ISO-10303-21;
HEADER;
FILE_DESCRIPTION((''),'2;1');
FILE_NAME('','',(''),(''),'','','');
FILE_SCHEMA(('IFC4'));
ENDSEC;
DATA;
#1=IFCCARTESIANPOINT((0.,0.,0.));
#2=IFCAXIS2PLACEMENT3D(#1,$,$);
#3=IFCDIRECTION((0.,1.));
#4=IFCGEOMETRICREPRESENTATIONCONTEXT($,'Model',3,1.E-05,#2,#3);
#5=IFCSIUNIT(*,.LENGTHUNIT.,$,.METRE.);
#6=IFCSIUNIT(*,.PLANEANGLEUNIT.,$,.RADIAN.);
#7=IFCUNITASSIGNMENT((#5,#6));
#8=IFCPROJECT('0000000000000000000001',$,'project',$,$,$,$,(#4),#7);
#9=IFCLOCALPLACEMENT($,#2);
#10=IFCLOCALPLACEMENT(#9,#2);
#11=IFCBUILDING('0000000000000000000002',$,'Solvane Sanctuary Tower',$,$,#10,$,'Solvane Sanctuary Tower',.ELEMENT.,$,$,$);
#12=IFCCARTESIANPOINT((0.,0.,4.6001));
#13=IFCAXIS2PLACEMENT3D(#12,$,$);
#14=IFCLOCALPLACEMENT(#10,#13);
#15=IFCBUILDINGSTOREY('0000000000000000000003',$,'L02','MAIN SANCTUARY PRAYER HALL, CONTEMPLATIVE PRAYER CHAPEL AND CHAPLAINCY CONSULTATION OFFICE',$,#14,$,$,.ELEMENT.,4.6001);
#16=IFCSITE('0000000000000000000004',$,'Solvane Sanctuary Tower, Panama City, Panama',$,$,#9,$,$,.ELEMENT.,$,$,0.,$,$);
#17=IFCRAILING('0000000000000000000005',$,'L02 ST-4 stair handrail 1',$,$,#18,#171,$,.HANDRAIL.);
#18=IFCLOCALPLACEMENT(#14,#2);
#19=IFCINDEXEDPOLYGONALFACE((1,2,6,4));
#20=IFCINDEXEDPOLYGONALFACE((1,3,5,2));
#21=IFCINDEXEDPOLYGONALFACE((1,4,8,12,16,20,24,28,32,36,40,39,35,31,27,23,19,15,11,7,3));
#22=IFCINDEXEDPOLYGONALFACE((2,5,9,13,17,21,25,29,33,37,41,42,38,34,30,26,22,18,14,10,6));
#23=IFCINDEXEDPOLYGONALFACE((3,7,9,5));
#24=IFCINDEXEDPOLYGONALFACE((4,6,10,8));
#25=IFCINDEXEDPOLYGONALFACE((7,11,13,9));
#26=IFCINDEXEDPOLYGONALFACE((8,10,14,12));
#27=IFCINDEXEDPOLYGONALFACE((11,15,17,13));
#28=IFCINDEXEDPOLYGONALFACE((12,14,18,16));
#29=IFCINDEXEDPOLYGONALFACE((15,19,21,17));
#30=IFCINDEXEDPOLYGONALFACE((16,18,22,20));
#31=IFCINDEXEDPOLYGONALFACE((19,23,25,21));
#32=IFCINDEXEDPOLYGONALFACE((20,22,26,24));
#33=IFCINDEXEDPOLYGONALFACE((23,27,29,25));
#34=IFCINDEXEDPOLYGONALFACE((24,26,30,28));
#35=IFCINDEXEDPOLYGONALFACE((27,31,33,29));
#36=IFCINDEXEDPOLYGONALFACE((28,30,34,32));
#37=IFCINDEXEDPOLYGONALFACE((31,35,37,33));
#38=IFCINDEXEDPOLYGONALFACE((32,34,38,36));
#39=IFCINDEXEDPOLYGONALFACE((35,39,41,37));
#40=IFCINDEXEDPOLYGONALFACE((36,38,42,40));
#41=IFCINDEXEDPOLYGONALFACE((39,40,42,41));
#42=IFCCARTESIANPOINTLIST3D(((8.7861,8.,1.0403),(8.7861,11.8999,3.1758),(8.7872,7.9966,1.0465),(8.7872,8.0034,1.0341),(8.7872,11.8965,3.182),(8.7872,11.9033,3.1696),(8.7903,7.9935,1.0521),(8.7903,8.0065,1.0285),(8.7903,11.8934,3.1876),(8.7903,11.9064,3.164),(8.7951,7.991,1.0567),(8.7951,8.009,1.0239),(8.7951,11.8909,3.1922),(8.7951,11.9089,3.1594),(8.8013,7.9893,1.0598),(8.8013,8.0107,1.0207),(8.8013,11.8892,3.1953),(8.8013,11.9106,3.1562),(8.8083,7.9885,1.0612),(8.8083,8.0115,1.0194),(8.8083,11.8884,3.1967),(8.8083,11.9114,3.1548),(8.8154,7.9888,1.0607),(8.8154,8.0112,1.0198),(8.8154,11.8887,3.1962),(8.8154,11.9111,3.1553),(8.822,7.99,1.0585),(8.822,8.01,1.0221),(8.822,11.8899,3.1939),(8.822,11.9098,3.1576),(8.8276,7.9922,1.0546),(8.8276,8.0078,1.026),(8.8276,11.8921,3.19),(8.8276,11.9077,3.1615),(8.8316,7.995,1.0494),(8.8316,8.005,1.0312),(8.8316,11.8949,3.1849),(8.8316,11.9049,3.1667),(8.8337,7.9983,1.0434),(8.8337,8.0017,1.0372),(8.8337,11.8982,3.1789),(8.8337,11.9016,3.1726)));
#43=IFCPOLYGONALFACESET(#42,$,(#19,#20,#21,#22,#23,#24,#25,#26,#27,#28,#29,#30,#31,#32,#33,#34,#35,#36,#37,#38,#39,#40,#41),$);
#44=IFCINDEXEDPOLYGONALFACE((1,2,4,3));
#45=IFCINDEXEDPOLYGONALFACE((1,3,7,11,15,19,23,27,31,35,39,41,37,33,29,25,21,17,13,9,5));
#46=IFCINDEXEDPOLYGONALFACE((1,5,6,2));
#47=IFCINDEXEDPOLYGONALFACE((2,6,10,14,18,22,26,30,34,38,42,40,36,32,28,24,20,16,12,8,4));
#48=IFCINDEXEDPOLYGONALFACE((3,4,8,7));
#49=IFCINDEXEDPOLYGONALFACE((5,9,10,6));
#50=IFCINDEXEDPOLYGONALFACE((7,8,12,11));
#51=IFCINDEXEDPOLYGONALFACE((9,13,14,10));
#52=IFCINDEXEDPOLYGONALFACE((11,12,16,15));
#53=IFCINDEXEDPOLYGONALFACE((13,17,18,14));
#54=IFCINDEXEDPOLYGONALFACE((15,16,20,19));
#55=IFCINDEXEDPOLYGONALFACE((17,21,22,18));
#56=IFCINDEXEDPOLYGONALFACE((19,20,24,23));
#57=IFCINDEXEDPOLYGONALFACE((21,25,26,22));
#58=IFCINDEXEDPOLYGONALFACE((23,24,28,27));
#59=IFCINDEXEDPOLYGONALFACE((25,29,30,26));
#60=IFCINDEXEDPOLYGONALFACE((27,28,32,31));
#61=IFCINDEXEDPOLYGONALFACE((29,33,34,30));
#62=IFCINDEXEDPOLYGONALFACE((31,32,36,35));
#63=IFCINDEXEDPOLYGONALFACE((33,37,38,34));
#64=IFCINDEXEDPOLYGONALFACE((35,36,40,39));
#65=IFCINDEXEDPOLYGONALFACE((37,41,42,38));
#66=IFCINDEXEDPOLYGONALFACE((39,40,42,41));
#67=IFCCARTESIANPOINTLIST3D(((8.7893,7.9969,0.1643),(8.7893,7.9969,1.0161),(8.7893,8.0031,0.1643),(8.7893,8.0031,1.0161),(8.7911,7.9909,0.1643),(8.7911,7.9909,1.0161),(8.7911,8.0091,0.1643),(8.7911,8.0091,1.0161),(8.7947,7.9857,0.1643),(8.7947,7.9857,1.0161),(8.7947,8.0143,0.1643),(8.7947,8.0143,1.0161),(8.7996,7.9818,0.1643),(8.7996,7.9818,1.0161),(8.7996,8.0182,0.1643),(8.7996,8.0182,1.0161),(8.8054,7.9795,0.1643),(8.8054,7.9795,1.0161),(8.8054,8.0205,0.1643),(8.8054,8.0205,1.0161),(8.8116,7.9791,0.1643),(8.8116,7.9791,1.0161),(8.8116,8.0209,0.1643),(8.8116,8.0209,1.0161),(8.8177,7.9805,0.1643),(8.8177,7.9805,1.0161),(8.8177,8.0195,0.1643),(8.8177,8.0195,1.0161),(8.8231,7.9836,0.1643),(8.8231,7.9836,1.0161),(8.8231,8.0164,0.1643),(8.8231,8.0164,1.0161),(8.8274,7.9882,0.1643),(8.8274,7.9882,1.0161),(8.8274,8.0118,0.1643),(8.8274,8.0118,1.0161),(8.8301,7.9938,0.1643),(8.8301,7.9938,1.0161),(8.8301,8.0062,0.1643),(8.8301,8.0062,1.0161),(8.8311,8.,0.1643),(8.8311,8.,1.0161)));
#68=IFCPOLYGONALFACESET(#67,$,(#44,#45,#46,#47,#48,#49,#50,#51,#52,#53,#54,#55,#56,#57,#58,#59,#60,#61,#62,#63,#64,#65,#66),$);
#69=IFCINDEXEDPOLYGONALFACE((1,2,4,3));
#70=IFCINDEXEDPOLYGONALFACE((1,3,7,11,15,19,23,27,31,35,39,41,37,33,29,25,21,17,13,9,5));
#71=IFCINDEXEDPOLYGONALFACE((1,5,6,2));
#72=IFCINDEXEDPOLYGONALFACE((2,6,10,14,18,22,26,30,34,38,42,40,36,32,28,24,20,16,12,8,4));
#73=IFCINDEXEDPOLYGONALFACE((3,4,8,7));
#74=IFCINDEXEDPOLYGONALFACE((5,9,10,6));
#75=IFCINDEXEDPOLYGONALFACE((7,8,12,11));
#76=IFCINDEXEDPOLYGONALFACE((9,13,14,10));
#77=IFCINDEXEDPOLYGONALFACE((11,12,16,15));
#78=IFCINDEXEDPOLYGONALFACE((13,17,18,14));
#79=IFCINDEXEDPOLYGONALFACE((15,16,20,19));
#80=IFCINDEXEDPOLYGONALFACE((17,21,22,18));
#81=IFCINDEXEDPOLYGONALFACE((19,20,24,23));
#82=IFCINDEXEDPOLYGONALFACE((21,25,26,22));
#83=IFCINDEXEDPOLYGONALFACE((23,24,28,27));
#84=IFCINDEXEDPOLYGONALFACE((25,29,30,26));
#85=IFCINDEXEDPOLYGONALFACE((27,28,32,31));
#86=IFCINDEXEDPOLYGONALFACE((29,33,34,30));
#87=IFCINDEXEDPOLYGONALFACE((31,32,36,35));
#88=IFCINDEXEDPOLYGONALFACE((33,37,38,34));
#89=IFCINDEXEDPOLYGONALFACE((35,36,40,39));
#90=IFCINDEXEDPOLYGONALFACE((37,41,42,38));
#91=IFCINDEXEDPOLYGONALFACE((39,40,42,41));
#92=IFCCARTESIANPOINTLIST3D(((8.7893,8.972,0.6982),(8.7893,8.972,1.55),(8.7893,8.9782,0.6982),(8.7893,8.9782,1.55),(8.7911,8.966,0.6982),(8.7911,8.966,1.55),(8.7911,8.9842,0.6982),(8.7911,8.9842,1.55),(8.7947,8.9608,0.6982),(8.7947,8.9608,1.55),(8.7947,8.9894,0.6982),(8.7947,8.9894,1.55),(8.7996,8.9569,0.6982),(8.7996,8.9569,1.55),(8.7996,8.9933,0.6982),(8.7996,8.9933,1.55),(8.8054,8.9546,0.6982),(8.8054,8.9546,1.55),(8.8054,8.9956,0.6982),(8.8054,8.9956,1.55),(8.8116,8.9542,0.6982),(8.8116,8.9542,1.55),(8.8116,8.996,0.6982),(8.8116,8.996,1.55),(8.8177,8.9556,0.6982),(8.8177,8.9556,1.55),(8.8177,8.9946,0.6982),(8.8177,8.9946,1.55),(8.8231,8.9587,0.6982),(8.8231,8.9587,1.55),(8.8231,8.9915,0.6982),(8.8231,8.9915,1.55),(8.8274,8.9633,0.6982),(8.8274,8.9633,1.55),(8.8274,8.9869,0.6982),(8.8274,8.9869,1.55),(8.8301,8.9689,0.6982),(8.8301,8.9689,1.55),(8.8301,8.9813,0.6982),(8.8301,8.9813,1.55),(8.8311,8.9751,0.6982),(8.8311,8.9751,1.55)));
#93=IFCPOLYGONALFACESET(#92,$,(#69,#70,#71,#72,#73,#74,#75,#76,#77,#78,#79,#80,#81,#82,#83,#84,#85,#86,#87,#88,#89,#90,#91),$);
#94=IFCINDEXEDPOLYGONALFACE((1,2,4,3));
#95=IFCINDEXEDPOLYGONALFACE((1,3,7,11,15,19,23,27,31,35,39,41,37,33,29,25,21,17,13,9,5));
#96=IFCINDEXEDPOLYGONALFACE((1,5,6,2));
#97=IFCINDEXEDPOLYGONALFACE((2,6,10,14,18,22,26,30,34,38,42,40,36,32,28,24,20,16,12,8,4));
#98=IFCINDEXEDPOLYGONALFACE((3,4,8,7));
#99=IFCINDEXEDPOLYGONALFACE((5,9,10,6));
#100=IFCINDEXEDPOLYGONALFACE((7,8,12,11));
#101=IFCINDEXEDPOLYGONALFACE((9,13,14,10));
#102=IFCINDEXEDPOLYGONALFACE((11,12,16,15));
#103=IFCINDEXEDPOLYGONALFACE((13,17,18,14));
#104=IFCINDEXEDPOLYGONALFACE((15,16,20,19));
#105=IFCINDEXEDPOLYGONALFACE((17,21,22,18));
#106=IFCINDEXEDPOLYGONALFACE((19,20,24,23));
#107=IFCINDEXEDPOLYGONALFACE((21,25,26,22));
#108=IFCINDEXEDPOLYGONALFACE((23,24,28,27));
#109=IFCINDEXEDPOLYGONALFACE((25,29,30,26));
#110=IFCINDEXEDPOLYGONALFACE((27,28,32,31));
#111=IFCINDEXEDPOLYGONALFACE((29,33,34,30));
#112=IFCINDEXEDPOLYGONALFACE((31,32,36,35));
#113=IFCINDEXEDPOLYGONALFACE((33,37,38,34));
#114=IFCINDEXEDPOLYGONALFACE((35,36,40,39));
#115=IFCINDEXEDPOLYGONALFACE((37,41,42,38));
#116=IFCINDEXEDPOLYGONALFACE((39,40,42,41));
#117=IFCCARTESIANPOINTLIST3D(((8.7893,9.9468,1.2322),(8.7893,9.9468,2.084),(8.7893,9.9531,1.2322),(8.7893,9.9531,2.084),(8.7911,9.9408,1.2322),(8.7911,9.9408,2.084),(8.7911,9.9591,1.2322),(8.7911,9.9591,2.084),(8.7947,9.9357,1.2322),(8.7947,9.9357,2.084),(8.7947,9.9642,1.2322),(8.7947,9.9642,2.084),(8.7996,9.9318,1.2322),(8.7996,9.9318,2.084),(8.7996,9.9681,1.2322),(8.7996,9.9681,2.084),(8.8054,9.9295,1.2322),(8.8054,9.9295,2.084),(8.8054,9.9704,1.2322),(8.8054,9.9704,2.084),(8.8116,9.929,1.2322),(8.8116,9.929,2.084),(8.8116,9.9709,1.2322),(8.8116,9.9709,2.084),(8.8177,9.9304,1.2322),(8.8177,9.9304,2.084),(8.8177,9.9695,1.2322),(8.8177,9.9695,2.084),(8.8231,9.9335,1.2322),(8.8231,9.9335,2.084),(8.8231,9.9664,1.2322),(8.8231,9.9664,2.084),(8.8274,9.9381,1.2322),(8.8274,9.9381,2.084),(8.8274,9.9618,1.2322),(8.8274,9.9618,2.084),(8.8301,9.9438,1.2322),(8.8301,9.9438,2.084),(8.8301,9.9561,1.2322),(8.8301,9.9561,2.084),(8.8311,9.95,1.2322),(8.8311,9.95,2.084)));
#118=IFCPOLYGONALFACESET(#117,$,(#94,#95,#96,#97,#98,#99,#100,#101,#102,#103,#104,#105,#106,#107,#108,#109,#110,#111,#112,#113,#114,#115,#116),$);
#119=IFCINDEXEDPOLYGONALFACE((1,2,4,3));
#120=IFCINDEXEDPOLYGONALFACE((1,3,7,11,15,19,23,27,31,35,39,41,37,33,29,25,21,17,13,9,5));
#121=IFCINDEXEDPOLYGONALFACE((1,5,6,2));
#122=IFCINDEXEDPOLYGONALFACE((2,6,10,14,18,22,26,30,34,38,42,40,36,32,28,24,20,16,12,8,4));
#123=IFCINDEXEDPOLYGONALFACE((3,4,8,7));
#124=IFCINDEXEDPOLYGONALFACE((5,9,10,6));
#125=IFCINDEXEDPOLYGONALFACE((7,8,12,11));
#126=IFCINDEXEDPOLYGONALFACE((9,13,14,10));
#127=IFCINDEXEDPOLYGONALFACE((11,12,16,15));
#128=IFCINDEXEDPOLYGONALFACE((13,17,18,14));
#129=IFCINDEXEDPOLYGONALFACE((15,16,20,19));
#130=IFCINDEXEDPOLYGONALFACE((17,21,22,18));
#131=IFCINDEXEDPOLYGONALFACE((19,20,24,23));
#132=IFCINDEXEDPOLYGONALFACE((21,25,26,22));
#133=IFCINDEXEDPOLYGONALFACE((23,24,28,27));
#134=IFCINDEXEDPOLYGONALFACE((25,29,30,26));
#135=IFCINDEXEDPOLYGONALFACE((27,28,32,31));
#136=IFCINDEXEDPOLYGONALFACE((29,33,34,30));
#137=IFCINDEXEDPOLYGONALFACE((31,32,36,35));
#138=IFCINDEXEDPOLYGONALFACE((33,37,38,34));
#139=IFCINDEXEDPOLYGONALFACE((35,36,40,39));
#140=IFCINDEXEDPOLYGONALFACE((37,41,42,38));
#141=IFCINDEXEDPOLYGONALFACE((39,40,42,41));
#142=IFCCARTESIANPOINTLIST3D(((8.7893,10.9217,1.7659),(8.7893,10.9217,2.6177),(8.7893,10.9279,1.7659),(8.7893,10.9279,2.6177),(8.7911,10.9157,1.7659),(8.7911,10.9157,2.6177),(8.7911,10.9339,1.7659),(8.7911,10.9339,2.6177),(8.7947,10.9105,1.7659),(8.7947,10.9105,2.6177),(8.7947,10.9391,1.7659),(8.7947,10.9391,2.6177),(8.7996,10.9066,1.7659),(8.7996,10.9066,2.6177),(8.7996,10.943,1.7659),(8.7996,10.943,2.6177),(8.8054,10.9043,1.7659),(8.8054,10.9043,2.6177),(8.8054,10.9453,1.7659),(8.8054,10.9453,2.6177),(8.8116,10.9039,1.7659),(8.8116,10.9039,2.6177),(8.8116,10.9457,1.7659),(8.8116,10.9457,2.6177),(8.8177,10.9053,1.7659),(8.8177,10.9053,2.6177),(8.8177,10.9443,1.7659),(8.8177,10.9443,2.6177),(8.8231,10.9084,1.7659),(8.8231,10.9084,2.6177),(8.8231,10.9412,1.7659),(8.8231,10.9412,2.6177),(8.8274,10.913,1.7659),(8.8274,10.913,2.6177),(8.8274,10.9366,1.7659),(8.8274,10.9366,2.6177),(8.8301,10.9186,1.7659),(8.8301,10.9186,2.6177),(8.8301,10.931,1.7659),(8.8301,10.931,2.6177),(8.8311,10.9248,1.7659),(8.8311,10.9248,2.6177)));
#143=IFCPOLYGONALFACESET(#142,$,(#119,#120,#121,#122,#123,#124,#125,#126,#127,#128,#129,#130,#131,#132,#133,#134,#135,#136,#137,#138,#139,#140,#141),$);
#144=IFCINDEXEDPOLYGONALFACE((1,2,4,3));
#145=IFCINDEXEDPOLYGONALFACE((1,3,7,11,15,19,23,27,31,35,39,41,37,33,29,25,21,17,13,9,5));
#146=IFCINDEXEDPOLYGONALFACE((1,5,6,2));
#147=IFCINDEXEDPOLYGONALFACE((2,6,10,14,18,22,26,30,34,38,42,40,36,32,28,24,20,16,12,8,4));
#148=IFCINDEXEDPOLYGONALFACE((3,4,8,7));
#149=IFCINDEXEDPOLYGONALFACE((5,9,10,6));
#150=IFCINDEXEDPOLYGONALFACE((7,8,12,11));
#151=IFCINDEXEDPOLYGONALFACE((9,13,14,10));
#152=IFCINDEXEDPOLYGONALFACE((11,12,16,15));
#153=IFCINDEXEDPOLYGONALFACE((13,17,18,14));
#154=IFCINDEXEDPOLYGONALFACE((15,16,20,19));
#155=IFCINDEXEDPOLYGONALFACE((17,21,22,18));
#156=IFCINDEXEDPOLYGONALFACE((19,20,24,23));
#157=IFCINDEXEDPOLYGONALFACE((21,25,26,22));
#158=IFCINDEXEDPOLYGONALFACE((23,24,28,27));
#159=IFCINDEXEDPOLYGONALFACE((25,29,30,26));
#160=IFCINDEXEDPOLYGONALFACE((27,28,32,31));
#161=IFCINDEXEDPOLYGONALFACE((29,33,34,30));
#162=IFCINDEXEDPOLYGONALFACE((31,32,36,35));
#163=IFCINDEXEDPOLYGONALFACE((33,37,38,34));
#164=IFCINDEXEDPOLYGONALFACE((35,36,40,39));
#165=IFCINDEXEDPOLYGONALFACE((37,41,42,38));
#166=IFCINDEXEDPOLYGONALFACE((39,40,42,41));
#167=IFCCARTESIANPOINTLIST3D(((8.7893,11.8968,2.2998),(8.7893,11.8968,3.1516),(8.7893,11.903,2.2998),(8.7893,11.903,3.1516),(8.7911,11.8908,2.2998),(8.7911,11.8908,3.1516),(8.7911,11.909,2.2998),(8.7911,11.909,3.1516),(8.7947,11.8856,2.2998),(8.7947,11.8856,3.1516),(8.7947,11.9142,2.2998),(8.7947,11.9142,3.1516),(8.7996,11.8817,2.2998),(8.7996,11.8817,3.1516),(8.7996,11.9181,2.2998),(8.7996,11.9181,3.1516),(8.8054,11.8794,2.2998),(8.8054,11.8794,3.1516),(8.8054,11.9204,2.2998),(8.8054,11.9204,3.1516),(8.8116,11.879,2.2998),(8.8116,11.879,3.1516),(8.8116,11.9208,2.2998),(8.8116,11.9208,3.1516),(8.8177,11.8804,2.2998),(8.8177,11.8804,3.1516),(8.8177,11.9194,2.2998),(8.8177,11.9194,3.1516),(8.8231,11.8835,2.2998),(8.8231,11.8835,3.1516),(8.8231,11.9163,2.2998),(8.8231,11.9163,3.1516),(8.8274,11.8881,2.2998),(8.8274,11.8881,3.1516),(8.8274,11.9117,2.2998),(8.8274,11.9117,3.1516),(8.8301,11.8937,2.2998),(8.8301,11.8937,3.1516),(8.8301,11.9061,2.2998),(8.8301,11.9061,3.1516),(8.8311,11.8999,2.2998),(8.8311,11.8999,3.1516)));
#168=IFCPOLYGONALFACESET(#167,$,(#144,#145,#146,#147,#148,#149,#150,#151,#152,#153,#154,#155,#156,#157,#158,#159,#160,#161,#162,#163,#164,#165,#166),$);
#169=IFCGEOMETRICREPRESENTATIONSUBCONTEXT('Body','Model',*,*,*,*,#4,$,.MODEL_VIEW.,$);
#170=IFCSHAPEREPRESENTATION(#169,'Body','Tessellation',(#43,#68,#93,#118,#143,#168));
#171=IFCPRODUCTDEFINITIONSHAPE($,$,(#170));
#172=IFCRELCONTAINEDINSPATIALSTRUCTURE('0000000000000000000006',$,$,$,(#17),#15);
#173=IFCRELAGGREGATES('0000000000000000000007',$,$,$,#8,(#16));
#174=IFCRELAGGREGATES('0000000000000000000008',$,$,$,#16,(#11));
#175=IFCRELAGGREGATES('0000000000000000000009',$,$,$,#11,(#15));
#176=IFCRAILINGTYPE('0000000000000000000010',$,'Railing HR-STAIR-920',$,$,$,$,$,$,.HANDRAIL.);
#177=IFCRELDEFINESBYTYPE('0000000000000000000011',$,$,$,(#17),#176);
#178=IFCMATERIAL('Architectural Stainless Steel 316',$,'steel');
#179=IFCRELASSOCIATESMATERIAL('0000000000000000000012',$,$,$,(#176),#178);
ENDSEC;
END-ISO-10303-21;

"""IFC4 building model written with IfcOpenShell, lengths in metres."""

from ifc_helpers import new_model, si_unit, direction, frame, origin, origin_2d, place, context, subcontext, project, spatial, circle, extrude, material, type_object, element, save


model = new_model("IFC4")

# Units and contexts
model_context = context("Model", 3, precision=1e-05, world=origin(), true_north=direction((0.0, 1.0)))
body_context = subcontext(model_context, "Body", "Model", "MODEL_VIEW")
ifc_project = project(units=[si_unit("LENGTHUNIT", "METRE"), si_unit("PLANEANGLEUNIT", "RADIAN")], contexts=[model_context])

# Site, building, storey
site_placement = place(None, origin())
site = spatial("IfcSite", under=ifc_project, at=site_placement, Name="Solvane Sanctuary Tower, Panama City, Panama", CompositionType="ELEMENT", RefElevation=0.0)
building_placement = place(site_placement, origin())
building = spatial("IfcBuilding", under=site, at=building_placement, Name="Solvane Sanctuary Tower", LongName="Solvane Sanctuary Tower", CompositionType="ELEMENT")
storey_placement = place(building_placement, frame((0.0, 0.0, 4.6001)))
storey = spatial("IfcBuildingStorey", under=building, at=storey_placement, Name="L02", Description="MAIN SANCTUARY PRAYER HALL, CONTEMPLATIVE PRAYER CHAPEL AND CHAPLAINCY CONSULTATION OFFICE", CompositionType="ELEMENT", Elevation=4.6001)

# Shared definitions
ifc_material_1 = material(Name="Architectural Stainless Steel 316", Category="steel")

# Railing
railing_type_1 = type_object("IfcRailingType", Name="Railing HR-STAIR-920", PredefinedType="HANDRAIL", material=ifc_material_1)
railing_1_placement = place(storey_placement, frame((8.8101, 8.0, 0.1643)))
element("IfcRailing", 1, at=railing_1_placement, inside=storey, type_object=railing_type_1, Name="L02 ST-4 stair handrail 1", PredefinedType="HANDRAIL", context=body_context, shape_type="SweptSolid", body=[
    extrude(circle(Radius=0.0239, at=origin_2d()), frame((0.0, 0.0, 0.876), z_axis=(0.0, 0.877112, 0.480286), x_axis=(-1.0, 0.0, 0.0)), (0.0, 0.0, 1.0), 4.4463),
    extrude(circle(Radius=0.021, at=origin_2d()), origin(), (0.0, 0.0, 1.0), 0.8518),
    extrude(circle(Radius=0.021, at=origin_2d()), frame((0.0, 0.9751, 0.5339)), (0.0, 0.0, 1.0), 0.8518),
    extrude(circle(Radius=0.021, at=origin_2d()), frame((0.0, 1.95, 1.0679)), (0.0, 0.0, 1.0), 0.8518),
    extrude(circle(Radius=0.021, at=origin_2d()), frame((0.0, 2.9248, 1.6016)), (0.0, 0.0, 1.0), 0.8518),
    extrude(circle(Radius=0.021, at=origin_2d()), frame((0.0, 3.8999, 2.1355)), (0.0, 0.0, 1.0), 0.8518),
])

save(model, "model.ifc")
